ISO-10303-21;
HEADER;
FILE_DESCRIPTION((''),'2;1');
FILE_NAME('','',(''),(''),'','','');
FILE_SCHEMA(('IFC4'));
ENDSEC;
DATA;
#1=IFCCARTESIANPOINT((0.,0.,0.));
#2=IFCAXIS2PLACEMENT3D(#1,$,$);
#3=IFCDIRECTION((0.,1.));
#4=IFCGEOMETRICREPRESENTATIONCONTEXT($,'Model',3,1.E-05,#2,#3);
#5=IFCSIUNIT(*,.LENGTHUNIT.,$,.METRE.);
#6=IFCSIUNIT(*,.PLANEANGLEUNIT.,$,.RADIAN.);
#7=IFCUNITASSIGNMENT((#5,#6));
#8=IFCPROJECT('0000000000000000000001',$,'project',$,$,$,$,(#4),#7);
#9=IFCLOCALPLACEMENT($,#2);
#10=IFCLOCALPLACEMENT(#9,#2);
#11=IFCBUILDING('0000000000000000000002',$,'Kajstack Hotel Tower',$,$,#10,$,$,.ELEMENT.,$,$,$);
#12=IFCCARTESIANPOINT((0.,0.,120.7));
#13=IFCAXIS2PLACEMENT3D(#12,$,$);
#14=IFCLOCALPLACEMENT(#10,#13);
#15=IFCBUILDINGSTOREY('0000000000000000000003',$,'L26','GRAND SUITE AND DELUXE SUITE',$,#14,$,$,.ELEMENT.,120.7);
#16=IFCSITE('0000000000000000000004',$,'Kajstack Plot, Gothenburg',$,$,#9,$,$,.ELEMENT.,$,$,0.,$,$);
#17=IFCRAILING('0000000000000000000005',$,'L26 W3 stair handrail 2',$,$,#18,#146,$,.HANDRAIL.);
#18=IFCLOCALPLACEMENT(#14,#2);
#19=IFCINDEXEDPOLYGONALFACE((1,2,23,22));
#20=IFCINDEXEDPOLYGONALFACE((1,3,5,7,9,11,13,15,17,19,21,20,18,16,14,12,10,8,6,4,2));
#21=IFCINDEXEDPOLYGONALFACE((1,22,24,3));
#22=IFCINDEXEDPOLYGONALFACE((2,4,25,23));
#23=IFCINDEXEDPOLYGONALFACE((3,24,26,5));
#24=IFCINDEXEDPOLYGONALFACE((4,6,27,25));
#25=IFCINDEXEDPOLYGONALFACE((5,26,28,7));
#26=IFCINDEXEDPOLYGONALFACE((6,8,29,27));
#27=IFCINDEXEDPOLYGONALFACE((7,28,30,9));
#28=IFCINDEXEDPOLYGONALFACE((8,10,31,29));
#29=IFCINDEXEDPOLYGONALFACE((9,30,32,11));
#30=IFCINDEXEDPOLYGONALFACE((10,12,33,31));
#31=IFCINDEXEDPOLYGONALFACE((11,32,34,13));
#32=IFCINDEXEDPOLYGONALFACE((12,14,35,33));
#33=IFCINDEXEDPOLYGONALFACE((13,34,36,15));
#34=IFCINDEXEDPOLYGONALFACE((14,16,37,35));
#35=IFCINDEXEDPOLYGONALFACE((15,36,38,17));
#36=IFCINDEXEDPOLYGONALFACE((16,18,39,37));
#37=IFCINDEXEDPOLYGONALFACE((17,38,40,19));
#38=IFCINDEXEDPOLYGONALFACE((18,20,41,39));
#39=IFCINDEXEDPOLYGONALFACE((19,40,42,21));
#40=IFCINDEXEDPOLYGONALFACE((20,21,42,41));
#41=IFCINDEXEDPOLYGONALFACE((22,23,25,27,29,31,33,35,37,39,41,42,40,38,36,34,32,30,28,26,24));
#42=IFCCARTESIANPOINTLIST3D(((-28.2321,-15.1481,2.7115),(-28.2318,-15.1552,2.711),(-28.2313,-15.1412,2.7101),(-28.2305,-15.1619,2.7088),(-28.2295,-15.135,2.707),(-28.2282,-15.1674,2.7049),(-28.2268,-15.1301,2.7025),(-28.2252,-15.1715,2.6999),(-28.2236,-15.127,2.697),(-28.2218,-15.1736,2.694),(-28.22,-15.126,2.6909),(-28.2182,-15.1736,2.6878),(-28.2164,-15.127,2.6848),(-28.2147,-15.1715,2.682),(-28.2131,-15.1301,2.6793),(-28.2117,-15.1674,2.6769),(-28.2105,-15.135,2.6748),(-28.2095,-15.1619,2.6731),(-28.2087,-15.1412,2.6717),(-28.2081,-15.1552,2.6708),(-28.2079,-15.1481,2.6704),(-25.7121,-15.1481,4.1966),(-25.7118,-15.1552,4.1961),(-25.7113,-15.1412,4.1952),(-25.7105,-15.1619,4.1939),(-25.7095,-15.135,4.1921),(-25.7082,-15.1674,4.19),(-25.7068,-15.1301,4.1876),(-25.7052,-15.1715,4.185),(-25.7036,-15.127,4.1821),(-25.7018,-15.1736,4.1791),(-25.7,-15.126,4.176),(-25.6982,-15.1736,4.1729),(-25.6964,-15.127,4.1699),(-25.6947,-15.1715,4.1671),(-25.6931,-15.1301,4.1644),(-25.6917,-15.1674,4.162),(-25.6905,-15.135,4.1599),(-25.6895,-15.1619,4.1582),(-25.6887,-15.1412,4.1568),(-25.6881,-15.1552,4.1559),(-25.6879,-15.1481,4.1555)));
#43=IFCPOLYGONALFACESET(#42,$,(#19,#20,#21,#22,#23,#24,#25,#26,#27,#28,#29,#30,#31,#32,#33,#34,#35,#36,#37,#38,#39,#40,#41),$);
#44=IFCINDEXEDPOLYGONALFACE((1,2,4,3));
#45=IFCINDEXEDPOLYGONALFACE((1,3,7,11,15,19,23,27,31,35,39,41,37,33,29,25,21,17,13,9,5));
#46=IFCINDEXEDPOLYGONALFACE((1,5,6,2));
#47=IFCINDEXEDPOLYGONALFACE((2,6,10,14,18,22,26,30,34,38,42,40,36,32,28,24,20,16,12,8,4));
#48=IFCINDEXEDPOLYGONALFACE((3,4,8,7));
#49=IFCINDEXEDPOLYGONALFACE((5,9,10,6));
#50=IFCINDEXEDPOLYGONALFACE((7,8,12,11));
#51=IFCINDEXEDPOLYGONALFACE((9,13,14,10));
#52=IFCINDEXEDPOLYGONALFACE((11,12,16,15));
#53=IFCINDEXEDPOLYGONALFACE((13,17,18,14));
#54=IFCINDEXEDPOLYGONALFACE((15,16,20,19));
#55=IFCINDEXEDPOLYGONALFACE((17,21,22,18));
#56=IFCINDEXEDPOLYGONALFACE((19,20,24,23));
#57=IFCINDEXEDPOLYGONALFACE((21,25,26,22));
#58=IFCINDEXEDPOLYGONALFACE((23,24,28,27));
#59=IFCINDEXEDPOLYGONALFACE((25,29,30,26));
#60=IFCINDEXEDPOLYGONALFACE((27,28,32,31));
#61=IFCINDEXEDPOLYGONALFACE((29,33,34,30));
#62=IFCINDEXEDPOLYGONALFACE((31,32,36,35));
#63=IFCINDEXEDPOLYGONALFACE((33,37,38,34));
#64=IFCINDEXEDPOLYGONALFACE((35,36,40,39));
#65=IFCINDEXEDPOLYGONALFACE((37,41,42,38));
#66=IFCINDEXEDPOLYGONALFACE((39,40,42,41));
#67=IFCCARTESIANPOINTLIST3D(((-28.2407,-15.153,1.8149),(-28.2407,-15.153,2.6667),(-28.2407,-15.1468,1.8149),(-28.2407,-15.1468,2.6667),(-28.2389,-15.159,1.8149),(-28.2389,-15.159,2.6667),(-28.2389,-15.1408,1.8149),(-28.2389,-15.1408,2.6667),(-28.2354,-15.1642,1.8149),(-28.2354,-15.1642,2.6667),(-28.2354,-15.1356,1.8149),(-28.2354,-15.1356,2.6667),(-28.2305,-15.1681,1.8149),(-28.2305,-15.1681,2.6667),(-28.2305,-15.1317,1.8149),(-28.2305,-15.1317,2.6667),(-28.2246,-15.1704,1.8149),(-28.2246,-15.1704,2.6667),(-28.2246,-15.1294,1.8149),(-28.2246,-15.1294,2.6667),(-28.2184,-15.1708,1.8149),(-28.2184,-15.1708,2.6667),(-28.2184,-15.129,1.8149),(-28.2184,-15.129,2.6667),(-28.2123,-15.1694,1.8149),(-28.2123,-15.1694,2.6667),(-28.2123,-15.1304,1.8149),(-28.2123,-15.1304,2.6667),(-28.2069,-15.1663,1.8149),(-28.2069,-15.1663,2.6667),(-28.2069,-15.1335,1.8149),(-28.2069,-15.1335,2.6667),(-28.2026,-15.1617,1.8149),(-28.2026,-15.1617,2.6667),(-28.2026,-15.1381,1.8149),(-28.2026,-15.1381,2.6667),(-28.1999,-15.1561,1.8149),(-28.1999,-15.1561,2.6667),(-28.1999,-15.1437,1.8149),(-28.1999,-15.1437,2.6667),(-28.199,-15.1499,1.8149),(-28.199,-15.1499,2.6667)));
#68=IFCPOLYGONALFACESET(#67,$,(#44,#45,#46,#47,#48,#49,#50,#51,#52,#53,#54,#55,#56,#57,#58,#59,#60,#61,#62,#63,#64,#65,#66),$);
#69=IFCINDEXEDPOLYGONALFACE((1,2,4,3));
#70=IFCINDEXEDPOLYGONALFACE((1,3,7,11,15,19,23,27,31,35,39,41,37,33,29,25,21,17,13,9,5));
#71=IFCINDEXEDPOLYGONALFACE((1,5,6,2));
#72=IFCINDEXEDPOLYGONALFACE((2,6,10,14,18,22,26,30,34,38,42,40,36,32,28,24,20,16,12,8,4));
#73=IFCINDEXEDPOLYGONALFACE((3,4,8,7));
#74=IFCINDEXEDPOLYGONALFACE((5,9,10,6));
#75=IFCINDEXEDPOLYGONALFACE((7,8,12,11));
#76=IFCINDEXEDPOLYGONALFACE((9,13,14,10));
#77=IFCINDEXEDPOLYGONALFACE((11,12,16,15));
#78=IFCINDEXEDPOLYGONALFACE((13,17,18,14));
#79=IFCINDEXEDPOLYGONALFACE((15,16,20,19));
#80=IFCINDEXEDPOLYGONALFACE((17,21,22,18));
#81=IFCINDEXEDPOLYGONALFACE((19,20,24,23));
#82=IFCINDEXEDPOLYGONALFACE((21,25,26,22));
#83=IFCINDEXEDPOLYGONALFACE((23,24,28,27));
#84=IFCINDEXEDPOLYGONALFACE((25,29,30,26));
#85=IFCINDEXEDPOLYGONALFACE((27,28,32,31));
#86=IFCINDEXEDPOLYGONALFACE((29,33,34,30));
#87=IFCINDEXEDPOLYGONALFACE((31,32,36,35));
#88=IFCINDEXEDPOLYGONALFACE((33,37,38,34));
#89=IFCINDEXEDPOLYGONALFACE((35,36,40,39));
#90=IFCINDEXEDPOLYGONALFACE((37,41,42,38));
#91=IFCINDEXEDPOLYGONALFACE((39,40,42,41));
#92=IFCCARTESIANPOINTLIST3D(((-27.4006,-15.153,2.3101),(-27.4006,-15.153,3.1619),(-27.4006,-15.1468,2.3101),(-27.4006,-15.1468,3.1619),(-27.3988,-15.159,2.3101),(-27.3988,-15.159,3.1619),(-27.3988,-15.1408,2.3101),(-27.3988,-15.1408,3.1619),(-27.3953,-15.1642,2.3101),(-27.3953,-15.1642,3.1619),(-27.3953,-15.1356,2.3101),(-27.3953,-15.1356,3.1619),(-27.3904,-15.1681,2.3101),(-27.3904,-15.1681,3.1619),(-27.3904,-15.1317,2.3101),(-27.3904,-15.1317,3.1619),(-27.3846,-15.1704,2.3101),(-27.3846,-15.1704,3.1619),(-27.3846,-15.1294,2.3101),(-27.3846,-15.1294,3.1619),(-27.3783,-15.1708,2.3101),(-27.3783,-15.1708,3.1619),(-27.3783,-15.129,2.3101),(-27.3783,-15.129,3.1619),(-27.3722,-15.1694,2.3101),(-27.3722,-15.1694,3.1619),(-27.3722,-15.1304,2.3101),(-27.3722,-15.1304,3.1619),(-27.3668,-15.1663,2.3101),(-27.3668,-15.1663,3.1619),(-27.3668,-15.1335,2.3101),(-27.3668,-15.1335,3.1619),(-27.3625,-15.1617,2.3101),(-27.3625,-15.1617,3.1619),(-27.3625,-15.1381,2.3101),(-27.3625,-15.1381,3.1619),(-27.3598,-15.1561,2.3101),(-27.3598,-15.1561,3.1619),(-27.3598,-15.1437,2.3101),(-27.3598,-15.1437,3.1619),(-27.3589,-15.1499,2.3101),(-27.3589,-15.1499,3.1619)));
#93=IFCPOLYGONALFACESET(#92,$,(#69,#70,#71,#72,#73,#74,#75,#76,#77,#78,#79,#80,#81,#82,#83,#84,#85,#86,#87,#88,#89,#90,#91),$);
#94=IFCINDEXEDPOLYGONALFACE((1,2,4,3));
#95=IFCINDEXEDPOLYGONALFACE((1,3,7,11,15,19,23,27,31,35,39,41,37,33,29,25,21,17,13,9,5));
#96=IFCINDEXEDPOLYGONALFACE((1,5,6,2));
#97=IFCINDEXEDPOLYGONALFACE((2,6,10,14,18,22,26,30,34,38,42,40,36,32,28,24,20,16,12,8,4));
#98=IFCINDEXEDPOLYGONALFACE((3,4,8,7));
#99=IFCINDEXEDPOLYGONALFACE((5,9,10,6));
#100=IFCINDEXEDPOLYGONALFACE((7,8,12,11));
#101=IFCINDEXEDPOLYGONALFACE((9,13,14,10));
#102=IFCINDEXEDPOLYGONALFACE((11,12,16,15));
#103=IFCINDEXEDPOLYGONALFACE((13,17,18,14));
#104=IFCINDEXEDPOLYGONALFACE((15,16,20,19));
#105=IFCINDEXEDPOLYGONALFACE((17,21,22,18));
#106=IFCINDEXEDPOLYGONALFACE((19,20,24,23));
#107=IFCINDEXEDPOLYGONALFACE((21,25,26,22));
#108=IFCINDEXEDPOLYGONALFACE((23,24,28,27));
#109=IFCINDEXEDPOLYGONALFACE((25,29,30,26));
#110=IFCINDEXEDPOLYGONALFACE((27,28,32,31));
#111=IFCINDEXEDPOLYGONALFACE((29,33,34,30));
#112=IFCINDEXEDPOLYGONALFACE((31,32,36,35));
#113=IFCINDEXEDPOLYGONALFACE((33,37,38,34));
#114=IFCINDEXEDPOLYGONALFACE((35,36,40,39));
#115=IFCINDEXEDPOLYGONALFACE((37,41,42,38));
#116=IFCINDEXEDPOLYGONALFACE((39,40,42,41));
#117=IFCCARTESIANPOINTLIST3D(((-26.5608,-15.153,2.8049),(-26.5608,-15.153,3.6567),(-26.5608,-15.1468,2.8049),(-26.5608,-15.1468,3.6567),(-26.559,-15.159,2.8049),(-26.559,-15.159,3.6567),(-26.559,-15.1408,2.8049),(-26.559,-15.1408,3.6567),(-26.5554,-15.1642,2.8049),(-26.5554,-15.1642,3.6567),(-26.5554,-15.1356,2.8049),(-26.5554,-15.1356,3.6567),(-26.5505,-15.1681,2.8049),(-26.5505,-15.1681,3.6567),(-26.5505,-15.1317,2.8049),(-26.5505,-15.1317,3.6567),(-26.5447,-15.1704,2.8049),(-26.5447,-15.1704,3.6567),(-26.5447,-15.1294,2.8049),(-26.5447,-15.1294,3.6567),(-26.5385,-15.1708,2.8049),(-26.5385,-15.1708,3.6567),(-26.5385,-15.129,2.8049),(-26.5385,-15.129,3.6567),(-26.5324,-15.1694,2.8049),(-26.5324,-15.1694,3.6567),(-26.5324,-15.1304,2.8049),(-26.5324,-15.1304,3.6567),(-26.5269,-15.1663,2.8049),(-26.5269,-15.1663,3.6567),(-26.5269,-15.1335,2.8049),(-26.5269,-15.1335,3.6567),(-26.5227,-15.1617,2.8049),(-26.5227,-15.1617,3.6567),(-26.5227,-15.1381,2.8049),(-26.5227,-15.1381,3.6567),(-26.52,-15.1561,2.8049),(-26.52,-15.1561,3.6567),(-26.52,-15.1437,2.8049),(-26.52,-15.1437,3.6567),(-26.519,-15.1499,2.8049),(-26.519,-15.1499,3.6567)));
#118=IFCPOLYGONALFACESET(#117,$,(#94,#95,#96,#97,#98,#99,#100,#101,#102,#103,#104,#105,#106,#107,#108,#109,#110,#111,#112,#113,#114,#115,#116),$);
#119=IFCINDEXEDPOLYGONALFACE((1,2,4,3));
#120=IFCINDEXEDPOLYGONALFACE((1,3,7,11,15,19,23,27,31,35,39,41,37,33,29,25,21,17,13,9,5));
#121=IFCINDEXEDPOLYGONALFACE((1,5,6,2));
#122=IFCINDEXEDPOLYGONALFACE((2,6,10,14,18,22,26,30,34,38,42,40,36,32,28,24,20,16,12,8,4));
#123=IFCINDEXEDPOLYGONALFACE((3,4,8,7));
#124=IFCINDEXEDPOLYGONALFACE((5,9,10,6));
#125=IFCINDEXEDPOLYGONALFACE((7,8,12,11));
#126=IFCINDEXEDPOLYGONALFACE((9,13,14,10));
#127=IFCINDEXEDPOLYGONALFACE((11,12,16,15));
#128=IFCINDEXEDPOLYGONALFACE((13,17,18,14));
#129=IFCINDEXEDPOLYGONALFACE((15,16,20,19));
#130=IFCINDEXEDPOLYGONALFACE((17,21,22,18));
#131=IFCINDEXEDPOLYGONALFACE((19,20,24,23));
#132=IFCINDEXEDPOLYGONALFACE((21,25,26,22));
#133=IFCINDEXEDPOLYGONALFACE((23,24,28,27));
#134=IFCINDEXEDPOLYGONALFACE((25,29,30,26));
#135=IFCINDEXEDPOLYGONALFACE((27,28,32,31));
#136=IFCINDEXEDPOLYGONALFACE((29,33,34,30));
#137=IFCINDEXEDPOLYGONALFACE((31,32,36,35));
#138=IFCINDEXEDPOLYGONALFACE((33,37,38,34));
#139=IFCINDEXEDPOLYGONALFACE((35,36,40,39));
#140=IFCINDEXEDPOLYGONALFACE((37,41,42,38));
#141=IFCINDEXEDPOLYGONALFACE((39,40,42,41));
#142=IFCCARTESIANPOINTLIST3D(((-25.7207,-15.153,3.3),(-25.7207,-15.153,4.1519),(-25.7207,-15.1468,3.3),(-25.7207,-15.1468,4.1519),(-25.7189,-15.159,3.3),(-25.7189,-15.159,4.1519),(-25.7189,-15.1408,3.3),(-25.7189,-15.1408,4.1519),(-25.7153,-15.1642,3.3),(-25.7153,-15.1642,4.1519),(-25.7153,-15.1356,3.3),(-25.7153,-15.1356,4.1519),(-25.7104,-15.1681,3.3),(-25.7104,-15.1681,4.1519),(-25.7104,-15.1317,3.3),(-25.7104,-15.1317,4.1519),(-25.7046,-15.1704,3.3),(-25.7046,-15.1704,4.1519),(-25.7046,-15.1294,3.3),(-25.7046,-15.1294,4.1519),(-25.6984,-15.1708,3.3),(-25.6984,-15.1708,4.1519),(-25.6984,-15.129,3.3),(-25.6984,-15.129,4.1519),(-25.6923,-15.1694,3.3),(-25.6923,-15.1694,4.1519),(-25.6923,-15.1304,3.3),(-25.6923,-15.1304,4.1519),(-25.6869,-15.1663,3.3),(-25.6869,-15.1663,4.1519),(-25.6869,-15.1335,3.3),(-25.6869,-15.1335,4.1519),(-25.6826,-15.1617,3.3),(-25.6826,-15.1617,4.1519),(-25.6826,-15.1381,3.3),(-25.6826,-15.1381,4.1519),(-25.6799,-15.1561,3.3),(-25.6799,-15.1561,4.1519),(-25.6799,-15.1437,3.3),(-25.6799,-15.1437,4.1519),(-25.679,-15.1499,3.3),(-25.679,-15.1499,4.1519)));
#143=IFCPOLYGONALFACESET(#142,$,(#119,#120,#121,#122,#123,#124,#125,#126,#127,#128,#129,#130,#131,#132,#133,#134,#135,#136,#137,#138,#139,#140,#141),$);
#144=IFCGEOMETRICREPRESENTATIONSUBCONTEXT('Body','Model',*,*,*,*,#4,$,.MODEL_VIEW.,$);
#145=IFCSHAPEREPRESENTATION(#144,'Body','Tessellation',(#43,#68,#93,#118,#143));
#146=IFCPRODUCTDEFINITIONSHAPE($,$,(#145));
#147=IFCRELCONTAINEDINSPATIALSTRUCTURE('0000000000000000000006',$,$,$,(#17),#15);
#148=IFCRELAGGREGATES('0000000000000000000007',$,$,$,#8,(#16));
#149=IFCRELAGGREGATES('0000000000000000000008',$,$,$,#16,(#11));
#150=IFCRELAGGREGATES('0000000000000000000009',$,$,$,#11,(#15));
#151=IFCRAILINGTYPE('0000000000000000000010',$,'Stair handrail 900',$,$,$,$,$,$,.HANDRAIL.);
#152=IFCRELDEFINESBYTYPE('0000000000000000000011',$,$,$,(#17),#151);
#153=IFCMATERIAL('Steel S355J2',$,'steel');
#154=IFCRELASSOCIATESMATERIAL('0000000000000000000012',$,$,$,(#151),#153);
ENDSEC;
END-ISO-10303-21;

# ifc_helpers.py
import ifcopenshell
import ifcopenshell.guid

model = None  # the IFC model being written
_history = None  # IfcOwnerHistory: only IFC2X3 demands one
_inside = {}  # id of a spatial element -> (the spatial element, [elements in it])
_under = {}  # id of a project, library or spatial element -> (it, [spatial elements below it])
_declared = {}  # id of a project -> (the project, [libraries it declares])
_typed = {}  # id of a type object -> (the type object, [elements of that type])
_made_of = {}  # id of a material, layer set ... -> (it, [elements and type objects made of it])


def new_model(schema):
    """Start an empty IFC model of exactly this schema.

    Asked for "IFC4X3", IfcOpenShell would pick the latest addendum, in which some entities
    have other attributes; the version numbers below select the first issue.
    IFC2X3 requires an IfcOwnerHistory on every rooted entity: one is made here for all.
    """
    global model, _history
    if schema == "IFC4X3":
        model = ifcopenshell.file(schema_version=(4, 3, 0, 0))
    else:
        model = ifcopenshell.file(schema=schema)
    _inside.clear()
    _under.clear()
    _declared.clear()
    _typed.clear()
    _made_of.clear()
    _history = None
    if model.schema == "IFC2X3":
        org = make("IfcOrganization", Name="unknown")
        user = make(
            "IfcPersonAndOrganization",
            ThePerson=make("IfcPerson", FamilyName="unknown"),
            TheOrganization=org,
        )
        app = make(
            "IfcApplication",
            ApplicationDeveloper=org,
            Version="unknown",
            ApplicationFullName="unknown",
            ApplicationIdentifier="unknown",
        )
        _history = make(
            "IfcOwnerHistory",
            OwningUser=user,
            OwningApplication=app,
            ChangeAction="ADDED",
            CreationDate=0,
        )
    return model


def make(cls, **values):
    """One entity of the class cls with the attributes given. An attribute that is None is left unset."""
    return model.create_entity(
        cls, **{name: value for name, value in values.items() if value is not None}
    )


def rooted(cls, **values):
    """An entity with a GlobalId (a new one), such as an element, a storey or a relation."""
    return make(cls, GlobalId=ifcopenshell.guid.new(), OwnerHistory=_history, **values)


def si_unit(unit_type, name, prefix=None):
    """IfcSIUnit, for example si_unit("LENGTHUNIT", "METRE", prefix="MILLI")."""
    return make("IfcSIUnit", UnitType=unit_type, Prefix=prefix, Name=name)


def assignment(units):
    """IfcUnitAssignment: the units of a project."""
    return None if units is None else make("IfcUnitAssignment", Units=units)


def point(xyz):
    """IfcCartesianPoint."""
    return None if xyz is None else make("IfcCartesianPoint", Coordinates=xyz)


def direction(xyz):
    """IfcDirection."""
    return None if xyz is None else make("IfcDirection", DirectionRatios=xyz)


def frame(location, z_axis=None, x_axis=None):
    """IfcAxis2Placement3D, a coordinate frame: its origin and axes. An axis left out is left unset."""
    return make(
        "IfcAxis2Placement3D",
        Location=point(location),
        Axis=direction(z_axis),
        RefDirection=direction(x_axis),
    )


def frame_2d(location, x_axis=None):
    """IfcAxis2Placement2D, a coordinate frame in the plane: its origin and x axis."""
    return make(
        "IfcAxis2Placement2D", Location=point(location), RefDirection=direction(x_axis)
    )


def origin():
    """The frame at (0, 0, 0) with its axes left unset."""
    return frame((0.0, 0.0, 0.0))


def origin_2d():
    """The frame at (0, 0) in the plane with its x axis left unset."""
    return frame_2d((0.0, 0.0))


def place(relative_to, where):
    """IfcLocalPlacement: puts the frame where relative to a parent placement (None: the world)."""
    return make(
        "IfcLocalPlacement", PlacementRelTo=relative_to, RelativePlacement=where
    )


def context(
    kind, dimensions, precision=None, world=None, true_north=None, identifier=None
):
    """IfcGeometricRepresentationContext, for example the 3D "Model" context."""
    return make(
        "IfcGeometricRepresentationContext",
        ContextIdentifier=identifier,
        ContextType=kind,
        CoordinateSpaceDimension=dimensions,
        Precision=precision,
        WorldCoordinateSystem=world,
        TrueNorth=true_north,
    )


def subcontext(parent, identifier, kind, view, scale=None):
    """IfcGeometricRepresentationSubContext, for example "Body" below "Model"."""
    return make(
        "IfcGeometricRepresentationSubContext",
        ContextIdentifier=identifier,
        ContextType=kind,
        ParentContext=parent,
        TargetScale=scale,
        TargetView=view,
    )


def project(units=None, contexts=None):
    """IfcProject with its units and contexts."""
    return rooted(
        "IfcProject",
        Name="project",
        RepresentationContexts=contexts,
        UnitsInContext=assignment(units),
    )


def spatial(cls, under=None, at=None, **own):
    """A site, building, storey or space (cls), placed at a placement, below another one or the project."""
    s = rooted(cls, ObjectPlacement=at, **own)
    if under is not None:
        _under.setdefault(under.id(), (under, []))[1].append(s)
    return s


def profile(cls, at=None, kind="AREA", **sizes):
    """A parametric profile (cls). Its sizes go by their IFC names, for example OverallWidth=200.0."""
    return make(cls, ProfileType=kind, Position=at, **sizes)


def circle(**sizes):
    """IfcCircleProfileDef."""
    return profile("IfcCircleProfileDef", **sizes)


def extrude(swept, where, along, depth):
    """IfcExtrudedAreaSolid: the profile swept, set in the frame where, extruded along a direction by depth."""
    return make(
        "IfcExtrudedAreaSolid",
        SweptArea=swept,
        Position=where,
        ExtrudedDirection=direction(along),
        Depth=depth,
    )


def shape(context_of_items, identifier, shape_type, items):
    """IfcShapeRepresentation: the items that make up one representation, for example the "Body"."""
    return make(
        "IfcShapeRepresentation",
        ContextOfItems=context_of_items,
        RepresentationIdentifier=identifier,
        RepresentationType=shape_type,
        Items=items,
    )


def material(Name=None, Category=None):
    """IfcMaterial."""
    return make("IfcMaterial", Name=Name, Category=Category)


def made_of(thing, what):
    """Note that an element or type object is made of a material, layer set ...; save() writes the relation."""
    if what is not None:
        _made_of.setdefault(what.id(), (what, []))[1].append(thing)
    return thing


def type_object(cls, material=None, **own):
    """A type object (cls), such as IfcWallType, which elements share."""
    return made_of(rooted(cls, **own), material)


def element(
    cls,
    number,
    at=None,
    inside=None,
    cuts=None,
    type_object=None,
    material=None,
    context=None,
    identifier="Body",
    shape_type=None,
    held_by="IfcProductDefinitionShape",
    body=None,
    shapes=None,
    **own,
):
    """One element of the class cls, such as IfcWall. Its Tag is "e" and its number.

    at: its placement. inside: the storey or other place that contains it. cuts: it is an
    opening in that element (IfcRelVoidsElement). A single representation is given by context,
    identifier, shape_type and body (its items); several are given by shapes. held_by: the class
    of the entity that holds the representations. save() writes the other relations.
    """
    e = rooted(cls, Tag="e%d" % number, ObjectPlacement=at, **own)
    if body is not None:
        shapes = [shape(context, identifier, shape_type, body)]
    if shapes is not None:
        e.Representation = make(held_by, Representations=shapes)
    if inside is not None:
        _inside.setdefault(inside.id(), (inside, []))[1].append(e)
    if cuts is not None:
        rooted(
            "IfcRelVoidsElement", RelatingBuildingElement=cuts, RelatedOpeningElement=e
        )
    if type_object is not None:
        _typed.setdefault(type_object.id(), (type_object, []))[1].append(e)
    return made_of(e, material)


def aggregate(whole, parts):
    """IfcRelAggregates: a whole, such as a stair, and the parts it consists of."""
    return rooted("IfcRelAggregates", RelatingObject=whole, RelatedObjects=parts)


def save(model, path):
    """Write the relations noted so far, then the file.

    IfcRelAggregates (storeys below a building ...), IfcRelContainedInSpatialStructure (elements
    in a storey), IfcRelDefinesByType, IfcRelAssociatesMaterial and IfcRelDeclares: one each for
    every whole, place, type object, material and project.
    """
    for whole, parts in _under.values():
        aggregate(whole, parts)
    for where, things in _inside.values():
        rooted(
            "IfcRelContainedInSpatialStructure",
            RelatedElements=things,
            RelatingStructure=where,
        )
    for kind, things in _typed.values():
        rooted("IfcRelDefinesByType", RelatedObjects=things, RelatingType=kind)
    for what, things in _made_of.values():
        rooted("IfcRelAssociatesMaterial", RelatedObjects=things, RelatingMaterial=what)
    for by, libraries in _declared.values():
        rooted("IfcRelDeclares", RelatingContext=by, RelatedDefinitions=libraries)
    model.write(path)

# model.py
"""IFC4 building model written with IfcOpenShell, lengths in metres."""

from ifc_helpers import new_model, si_unit, direction, frame, origin, origin_2d, place, context, subcontext, project, spatial, circle, extrude, material, type_object, element, save


model = new_model("IFC4")

# Units and contexts
model_context = context("Model", 3, precision=1e-05, world=origin(), true_north=direction((0.0, 1.0)))
body_context = subcontext(model_context, "Body", "Model", "MODEL_VIEW")
ifc_project = project(units=[si_unit("LENGTHUNIT", "METRE"), si_unit("PLANEANGLEUNIT", "RADIAN")], contexts=[model_context])

# Site, building, storey
site_placement = place(None, origin())
site = spatial("IfcSite", under=ifc_project, at=site_placement, Name="Kajstack Plot, Gothenburg", CompositionType="ELEMENT", RefElevation=0.0)
building_placement = place(site_placement, origin())
building = spatial("IfcBuilding", under=site, at=building_placement, Name="Kajstack Hotel Tower", CompositionType="ELEMENT")
storey_placement = place(building_placement, frame((0.0, 0.0, 120.7)))
storey = spatial("IfcBuildingStorey", under=building, at=storey_placement, Name="L26", Description="GRAND SUITE AND DELUXE SUITE", CompositionType="ELEMENT", Elevation=120.7)

# Railing
ifc_material_1 = material(Name="Steel S355J2", Category="steel")
railing_type_1 = type_object("IfcRailingType", Name="Stair handrail 900", PredefinedType="HANDRAIL", material=ifc_material_1)
railing_1_placement = place(storey_placement, frame((-28.22, -15.1499, 1.8149)))
element("IfcRailing", 1, at=railing_1_placement, inside=storey, type_object=railing_type_1, Name="L26 W3 stair handrail 2", PredefinedType="HANDRAIL", context=body_context, shape_type="SweptSolid", body=[
    extrude(circle(Radius=0.0239, at=origin_2d()), frame((0.0, 0.0, 0.876), z_axis=(0.861524, 0.0, 0.507717), x_axis=(0.0, 1.0, 0.0)), (0.0, 0.0, 1.0), 2.925),
    extrude(circle(Radius=0.021, at=origin_2d()), origin(), (0.0, 0.0, 1.0), 0.8518),
    extrude(circle(Radius=0.021, at=origin_2d()), frame((0.8401, 0.0, 0.4951)), (0.0, 0.0, 1.0), 0.8518),
    extrude(circle(Radius=0.021, at=origin_2d()), frame((1.6799, 0.0, 0.99)), (0.0, 0.0, 1.0), 0.8518),
    extrude(circle(Radius=0.021, at=origin_2d()), frame((2.52, 0.0, 1.4851)), (0.0, 0.0, 1.0), 0.8518),
])

save(model, "model.ifc")
